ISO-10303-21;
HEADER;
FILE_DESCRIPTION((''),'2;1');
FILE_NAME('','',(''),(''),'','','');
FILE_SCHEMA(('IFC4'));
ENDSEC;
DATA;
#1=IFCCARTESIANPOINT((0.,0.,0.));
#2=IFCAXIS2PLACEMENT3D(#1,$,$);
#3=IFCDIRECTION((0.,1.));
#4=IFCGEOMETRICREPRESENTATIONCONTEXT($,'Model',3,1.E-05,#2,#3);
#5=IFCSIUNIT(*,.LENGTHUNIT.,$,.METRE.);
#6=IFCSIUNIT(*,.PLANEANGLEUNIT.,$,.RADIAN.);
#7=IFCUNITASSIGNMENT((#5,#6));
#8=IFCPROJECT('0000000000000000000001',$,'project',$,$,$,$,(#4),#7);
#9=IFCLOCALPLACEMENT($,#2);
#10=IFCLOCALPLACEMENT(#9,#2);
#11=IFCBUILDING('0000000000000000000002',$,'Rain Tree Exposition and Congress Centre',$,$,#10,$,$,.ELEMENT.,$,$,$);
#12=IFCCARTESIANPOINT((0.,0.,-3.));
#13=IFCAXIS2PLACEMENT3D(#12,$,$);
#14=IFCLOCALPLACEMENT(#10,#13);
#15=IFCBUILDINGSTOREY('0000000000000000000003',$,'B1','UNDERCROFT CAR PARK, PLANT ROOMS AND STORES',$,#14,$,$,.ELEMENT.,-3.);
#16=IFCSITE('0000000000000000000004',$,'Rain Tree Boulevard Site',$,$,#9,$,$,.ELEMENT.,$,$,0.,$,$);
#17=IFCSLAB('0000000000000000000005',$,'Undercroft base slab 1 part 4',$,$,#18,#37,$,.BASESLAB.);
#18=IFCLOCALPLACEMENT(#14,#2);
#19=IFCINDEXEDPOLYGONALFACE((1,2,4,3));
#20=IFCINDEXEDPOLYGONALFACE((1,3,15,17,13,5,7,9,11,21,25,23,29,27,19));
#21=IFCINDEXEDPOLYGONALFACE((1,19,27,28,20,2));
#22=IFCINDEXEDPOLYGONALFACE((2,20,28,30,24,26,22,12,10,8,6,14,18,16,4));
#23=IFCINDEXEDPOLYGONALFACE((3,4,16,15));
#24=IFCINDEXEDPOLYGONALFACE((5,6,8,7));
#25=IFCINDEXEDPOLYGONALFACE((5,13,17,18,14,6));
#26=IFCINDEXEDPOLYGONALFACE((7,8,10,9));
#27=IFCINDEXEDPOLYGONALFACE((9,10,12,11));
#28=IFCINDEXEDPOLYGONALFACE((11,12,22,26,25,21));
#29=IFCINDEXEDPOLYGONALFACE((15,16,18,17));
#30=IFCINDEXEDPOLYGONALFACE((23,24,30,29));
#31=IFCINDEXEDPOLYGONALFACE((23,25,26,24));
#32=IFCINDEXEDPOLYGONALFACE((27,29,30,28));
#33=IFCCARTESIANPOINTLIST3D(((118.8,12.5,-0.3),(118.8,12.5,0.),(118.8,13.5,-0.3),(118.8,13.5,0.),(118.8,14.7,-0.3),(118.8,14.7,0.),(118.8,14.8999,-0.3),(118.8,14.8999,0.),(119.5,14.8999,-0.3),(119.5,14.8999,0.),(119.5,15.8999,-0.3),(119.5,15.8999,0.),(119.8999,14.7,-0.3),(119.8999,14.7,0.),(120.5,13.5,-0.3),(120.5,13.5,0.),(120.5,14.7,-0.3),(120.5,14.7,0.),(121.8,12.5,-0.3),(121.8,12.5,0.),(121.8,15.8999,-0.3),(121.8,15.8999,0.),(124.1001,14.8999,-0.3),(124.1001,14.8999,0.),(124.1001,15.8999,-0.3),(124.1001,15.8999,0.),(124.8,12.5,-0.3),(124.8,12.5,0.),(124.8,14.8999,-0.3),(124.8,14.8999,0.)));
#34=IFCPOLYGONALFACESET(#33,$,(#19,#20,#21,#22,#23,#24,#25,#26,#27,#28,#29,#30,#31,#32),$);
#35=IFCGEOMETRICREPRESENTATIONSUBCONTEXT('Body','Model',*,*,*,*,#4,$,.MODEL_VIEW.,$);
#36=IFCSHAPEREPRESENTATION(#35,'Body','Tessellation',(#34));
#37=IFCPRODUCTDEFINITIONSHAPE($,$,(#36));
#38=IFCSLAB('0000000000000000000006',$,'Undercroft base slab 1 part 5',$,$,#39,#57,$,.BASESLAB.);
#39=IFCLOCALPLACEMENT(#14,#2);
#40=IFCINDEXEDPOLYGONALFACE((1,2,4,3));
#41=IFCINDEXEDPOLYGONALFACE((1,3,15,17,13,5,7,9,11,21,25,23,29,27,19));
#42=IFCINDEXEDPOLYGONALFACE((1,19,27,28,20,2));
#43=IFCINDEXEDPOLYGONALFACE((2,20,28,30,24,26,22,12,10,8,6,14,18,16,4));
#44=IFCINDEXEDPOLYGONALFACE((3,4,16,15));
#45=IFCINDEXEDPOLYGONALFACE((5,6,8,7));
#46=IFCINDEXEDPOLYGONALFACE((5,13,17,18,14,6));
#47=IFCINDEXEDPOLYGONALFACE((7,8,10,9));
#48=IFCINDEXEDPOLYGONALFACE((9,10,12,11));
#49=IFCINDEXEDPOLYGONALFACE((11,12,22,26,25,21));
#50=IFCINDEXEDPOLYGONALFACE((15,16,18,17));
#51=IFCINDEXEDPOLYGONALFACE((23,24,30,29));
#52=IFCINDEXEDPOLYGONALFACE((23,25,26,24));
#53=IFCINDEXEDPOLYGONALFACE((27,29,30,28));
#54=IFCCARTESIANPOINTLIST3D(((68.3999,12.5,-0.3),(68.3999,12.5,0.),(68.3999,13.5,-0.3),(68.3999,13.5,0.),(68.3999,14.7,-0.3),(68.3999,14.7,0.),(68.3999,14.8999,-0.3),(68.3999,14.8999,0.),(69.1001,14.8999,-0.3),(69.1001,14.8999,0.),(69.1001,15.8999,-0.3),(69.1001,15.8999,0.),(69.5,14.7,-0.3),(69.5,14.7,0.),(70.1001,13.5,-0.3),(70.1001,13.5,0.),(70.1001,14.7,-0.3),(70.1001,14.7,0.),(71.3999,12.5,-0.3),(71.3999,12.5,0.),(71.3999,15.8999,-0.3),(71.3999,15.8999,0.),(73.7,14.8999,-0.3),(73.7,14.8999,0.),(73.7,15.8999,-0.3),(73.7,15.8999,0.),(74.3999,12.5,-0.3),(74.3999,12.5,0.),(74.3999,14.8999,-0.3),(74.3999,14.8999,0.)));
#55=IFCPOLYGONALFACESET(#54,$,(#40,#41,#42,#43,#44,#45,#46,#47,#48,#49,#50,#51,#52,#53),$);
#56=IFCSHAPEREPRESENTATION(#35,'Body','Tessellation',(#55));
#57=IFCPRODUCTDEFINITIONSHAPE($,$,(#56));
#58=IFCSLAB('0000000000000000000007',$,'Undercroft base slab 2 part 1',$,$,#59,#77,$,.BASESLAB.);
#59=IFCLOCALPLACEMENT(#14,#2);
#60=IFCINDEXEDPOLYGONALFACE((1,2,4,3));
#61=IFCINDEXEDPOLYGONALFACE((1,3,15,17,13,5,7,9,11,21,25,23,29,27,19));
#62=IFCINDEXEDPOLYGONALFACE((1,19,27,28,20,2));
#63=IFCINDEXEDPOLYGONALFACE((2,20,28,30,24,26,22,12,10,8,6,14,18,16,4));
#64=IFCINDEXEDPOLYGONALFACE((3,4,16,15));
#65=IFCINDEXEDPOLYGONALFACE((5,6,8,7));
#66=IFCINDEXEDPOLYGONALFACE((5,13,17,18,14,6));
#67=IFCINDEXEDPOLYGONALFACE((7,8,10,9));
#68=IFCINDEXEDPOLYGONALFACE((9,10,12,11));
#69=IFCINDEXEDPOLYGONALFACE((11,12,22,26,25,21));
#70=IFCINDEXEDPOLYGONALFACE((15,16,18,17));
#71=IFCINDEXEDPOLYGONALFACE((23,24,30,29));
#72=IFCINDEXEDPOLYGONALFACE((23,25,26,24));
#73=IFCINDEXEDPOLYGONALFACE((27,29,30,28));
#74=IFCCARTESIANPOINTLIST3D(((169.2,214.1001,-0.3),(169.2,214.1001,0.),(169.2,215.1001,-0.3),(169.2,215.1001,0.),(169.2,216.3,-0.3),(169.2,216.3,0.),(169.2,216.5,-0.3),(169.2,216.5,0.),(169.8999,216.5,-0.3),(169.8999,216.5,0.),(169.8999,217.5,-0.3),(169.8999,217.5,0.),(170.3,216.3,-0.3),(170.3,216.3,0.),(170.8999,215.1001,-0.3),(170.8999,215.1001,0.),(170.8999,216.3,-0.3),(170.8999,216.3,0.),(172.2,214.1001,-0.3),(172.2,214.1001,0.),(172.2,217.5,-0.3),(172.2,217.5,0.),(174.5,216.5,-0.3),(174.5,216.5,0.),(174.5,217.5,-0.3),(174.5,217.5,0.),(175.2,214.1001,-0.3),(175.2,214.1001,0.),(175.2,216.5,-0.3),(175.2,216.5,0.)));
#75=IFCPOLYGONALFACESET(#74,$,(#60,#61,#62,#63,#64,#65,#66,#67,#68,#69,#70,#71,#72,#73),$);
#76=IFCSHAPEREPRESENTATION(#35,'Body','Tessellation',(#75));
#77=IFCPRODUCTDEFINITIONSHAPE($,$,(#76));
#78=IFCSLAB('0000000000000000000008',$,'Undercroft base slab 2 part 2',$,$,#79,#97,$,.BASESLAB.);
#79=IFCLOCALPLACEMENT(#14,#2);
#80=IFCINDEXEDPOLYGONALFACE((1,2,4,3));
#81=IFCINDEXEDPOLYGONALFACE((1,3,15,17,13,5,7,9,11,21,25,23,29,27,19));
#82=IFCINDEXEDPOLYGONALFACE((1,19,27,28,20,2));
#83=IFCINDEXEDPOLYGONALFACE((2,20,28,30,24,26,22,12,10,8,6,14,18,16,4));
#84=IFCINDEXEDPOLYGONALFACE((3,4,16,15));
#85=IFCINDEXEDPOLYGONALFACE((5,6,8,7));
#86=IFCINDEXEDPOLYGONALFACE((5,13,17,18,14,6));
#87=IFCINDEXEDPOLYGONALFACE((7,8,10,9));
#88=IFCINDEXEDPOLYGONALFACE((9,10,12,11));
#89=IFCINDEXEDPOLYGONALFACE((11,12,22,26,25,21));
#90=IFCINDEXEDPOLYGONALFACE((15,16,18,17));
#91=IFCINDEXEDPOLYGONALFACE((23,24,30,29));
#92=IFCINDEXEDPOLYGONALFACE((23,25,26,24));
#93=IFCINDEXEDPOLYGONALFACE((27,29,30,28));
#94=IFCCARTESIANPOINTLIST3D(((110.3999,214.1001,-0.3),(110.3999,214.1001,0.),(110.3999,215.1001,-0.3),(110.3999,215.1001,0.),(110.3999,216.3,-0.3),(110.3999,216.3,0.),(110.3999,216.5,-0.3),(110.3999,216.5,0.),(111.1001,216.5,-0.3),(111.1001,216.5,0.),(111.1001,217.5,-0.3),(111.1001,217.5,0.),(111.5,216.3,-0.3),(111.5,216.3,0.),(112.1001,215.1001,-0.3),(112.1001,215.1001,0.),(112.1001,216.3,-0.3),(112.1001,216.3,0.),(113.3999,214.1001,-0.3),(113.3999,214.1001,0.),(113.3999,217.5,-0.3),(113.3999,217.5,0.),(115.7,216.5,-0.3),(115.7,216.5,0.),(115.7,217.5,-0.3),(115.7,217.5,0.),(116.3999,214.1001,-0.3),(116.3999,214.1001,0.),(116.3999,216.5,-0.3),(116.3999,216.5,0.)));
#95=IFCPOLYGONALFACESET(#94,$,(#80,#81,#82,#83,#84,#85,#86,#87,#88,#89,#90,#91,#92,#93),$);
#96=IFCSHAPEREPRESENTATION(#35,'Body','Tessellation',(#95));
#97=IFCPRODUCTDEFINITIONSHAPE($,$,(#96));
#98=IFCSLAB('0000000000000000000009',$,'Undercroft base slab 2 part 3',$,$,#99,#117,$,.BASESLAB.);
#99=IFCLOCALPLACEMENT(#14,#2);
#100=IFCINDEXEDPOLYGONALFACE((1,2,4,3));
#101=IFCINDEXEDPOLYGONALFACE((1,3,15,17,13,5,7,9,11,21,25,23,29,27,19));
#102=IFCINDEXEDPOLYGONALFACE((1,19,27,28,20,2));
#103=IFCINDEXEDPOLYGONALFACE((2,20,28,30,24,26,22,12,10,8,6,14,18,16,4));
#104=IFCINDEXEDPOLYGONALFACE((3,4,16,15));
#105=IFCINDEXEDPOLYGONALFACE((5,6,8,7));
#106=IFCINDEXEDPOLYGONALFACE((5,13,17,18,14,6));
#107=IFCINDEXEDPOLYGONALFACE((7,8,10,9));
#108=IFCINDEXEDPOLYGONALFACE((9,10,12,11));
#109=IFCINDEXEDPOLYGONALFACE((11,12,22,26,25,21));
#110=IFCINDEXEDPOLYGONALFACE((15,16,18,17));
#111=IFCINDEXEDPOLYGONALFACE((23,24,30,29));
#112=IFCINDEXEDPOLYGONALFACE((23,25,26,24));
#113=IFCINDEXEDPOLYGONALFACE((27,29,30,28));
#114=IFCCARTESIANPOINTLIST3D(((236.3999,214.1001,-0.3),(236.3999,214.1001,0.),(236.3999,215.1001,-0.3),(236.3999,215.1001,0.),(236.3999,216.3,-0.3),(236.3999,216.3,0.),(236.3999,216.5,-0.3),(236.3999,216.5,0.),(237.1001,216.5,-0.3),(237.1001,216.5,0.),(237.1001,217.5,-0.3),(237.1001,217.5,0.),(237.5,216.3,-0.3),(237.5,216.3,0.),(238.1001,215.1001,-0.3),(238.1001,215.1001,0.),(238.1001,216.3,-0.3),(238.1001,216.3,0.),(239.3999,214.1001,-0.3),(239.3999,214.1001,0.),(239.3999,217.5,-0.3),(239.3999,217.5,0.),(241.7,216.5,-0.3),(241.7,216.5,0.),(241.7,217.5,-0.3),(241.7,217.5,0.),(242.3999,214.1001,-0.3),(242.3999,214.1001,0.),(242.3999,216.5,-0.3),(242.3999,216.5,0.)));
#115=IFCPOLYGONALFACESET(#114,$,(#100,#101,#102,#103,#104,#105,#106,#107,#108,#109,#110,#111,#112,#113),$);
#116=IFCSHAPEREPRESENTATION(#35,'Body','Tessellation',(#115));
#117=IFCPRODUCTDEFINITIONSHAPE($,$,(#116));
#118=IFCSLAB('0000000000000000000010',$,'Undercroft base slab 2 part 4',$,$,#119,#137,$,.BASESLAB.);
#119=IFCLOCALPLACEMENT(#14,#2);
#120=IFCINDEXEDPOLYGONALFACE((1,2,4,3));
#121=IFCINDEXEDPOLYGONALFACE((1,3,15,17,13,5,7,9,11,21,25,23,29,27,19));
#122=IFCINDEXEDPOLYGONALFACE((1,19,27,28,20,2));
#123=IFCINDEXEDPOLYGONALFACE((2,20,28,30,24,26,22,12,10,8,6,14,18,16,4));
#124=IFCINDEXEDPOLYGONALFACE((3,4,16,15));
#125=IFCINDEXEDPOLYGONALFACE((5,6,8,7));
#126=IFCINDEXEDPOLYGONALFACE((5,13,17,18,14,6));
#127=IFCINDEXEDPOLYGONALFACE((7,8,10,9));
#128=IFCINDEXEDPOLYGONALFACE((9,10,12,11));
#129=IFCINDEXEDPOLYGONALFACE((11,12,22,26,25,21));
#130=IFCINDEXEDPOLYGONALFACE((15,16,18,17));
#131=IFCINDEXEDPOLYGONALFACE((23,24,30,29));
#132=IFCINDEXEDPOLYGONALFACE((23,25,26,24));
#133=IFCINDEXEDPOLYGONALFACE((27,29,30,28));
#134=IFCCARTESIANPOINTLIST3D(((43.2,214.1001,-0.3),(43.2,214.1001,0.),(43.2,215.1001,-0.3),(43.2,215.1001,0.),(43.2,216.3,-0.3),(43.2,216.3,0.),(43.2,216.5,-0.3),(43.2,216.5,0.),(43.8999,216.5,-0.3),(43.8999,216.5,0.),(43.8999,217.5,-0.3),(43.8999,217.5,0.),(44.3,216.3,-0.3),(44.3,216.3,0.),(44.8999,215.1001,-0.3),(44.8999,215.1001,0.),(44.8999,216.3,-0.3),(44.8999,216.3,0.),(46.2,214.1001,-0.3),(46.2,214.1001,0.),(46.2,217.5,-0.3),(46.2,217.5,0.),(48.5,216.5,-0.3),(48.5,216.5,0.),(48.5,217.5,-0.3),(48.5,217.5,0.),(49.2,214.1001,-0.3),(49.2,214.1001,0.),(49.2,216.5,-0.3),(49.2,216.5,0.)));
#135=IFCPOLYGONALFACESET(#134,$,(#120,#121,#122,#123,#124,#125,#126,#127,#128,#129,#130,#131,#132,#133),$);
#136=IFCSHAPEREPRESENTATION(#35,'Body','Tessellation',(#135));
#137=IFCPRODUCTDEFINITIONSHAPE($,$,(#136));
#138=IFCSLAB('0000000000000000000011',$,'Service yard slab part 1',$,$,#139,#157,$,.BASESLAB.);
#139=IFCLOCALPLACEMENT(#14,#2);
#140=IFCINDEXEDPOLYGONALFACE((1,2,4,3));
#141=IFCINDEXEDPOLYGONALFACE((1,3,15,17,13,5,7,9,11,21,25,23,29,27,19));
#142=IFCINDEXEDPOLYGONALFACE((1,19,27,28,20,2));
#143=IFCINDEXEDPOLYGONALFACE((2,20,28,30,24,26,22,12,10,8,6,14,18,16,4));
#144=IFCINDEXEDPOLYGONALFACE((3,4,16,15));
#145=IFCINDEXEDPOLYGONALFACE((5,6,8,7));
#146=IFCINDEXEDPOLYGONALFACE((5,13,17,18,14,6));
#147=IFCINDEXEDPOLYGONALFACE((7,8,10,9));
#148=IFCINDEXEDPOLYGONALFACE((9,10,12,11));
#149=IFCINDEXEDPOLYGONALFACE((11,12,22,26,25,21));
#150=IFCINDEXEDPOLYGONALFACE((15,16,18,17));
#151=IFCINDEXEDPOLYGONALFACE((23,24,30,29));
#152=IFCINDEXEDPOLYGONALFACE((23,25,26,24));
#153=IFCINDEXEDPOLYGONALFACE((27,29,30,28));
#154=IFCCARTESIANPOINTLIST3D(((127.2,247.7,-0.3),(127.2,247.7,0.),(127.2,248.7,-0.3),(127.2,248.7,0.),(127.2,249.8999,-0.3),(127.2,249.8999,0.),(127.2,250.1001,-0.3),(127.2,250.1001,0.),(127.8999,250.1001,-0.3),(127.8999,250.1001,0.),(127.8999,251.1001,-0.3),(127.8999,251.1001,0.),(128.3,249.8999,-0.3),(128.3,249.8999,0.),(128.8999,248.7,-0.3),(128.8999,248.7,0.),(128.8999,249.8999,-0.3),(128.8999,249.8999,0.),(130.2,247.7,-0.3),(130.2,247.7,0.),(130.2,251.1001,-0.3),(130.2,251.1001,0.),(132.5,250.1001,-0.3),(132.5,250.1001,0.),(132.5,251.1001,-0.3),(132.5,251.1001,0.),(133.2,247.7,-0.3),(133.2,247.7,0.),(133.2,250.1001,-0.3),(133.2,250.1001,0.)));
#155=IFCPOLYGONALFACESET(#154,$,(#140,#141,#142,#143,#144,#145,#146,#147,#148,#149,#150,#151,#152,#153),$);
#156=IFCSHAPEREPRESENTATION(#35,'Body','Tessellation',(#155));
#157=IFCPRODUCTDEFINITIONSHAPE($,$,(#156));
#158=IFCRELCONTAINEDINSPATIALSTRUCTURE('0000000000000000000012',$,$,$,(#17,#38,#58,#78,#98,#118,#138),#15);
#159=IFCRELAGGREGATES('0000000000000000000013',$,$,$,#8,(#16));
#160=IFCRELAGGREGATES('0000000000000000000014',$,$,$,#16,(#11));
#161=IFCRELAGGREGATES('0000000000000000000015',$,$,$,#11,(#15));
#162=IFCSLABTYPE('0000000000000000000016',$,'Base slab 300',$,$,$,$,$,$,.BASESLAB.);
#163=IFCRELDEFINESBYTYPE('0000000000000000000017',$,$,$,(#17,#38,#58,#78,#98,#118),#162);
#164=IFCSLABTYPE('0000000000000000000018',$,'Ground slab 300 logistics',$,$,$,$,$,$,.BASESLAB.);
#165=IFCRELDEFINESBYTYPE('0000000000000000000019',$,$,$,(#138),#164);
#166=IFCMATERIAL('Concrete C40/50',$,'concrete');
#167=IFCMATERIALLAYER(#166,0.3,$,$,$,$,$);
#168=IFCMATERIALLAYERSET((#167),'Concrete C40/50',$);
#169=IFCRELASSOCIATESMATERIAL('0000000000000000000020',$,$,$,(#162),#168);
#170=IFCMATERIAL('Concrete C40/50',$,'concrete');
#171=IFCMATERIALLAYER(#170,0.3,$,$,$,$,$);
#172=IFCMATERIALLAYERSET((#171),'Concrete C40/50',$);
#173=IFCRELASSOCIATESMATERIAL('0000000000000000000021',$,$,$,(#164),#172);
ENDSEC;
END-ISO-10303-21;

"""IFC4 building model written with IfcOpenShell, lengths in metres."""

from ifc_helpers import new_model, si_unit, direction, frame, origin, place, context, subcontext, project, spatial, polyline, outline, extrude, material, layer, layer_set, type_object, element, save


model = new_model("IFC4")

# Units and contexts
model_context = context("Model", 3, precision=1e-05, world=origin(), true_north=direction((0.0, 1.0)))
body_context = subcontext(model_context, "Body", "Model", "MODEL_VIEW")
ifc_project = project(units=[si_unit("LENGTHUNIT", "METRE"), si_unit("PLANEANGLEUNIT", "RADIAN")], contexts=[model_context])

# Site, building, storey
site_placement = place(None, origin())
site = spatial("IfcSite", under=ifc_project, at=site_placement, Name="Rain Tree Boulevard Site", CompositionType="ELEMENT", RefElevation=0.0)
building_placement = place(site_placement, origin())
building = spatial("IfcBuilding", under=site, at=building_placement, Name="Rain Tree Exposition and Congress Centre", CompositionType="ELEMENT")
storey_placement = place(building_placement, frame((0.0, 0.0, -3.0)))
storey = spatial("IfcBuildingStorey", under=building, at=storey_placement, Name="B1", Description="UNDERCROFT CAR PARK, PLANT ROOMS AND STORES", CompositionType="ELEMENT", Elevation=-3.0)

# Slabs
ifc_material_1 = material(Name="Concrete C40/50", Category="concrete")
ifc_layer_1 = layer(ifc_material_1, 0.3)
ifc_layer_set_1 = layer_set([ifc_layer_1], Name="Concrete C40/50")
slab_type_1 = type_object("IfcSlabType", Name="Base slab 300", PredefinedType="BASESLAB", material=ifc_layer_set_1)
slab_1_placement = place(storey_placement, frame((0.0, 0.0, -0.3)))
element("IfcSlab", 1, at=slab_1_placement, inside=storey, type_object=slab_type_1, Name="Undercroft base slab 1 part 4", PredefinedType="BASESLAB", context=body_context, shape_type="SweptSolid", body=[
    extrude(outline(polyline([(119.5, 15.8999), (119.5, 14.8999), (118.8, 14.8999), (118.8, 14.7), (119.8999, 14.7), (120.5, 14.7), (120.5, 13.5), (118.8, 13.5), (118.8, 12.5), (121.8, 12.5), (124.8, 12.5), (124.8, 14.8999), (124.1001, 14.8999), (124.1001, 15.8999), (121.8, 15.8999), (119.5, 15.8999)])), origin(), (0.0, 0.0, 1.0), 0.3),
])
slab_2_placement = place(storey_placement, frame((0.0, 0.0, -0.3)))
element("IfcSlab", 2, at=slab_2_placement, inside=storey, type_object=slab_type_1, Name="Undercroft base slab 1 part 5", PredefinedType="BASESLAB", context=body_context, shape_type="SweptSolid", body=[
    extrude(outline(polyline([(69.5, 14.7), (70.1001, 14.7), (70.1001, 13.5), (68.3999, 13.5), (68.3999, 12.5), (71.3999, 12.5), (74.3999, 12.5), (74.3999, 14.8999), (73.7, 14.8999), (73.7, 15.8999), (71.3999, 15.8999), (69.1001, 15.8999), (69.1001, 14.8999), (68.3999, 14.8999), (68.3999, 14.7), (69.5, 14.7)])), origin(), (0.0, 0.0, 1.0), 0.3),
])
slab_3_placement = place(storey_placement, frame((0.0, 0.0, -0.3)))
element("IfcSlab", 3, at=slab_3_placement, inside=storey, type_object=slab_type_1, Name="Undercroft base slab 2 part 1", PredefinedType="BASESLAB", context=body_context, shape_type="SweptSolid", body=[
    extrude(outline(polyline([(170.8999, 216.3), (170.8999, 215.1001), (169.2, 215.1001), (169.2, 214.1001), (172.2, 214.1001), (175.2, 214.1001), (175.2, 216.5), (174.5, 216.5), (174.5, 217.5), (172.2, 217.5), (169.8999, 217.5), (169.8999, 216.5), (169.2, 216.5), (169.2, 216.3), (170.3, 216.3), (170.8999, 216.3)])), origin(), (0.0, 0.0, 1.0), 0.3),
])
slab_4_placement = place(storey_placement, frame((0.0, 0.0, -0.3)))
element("IfcSlab", 4, at=slab_4_placement, inside=storey, type_object=slab_type_1, Name="Undercroft base slab 2 part 2", PredefinedType="BASESLAB", context=body_context, shape_type="SweptSolid", body=[
    extrude(outline(polyline([(111.1001, 217.5), (111.1001, 216.5), (110.3999, 216.5), (110.3999, 216.3), (111.5, 216.3), (112.1001, 216.3), (112.1001, 215.1001), (110.3999, 215.1001), (110.3999, 214.1001), (113.3999, 214.1001), (116.3999, 214.1001), (116.3999, 216.5), (115.7, 216.5), (115.7, 217.5), (113.3999, 217.5), (111.1001, 217.5)])), origin(), (0.0, 0.0, 1.0), 0.3),
])
slab_5_placement = place(storey_placement, frame((0.0, 0.0, -0.3)))
element("IfcSlab", 5, at=slab_5_placement, inside=storey, type_object=slab_type_1, Name="Undercroft base slab 2 part 3", PredefinedType="BASESLAB", context=body_context, shape_type="SweptSolid", body=[
    extrude(outline(polyline([(237.5, 216.3), (238.1001, 216.3), (238.1001, 215.1001), (236.3999, 215.1001), (236.3999, 214.1001), (239.3999, 214.1001), (242.3999, 214.1001), (242.3999, 216.5), (241.7, 216.5), (241.7, 217.5), (239.3999, 217.5), (237.1001, 217.5), (237.1001, 216.5), (236.3999, 216.5), (236.3999, 216.3), (237.5, 216.3)])), origin(), (0.0, 0.0, 1.0), 0.3),
])
slab_6_placement = place(storey_placement, frame((0.0, 0.0, -0.3)))
element("IfcSlab", 6, at=slab_6_placement, inside=storey, type_object=slab_type_1, Name="Undercroft base slab 2 part 4", PredefinedType="BASESLAB", context=body_context, shape_type="SweptSolid", body=[
    extrude(outline(polyline([(44.3, 216.3), (44.8999, 216.3), (44.8999, 215.1001), (43.2, 215.1001), (43.2, 214.1001), (46.2, 214.1001), (49.2, 214.1001), (49.2, 216.5), (48.5, 216.5), (48.5, 217.5), (46.2, 217.5), (43.8999, 217.5), (43.8999, 216.5), (43.2, 216.5), (43.2, 216.3), (44.3, 216.3)])), origin(), (0.0, 0.0, 1.0), 0.3),
])
ifc_material_2 = material(Name="Concrete C40/50", Category="concrete")
ifc_layer_2 = layer(ifc_material_2, 0.3)
ifc_layer_set_2 = layer_set([ifc_layer_2], Name="Concrete C40/50")
slab_type_2 = type_object("IfcSlabType", Name="Ground slab 300 logistics", PredefinedType="BASESLAB", material=ifc_layer_set_2)
slab_7_placement = place(storey_placement, frame((0.0, 0.0, -0.3)))
element("IfcSlab", 7, at=slab_7_placement, inside=storey, type_object=slab_type_2, Name="Service yard slab part 1", PredefinedType="BASESLAB", context=body_context, shape_type="SweptSolid", body=[
    extrude(outline(polyline([(127.8999, 251.1001), (127.8999, 250.1001), (127.2, 250.1001), (127.2, 249.8999), (128.3, 249.8999), (128.8999, 249.8999), (128.8999, 248.7), (127.2, 248.7), (127.2, 247.7), (130.2, 247.7), (133.2, 247.7), (133.2, 250.1001), (132.5, 250.1001), (132.5, 251.1001), (130.2, 251.1001), (127.8999, 251.1001)])), origin(), (0.0, 0.0, 1.0), 0.3),
])

save(model, "model.ifc")
